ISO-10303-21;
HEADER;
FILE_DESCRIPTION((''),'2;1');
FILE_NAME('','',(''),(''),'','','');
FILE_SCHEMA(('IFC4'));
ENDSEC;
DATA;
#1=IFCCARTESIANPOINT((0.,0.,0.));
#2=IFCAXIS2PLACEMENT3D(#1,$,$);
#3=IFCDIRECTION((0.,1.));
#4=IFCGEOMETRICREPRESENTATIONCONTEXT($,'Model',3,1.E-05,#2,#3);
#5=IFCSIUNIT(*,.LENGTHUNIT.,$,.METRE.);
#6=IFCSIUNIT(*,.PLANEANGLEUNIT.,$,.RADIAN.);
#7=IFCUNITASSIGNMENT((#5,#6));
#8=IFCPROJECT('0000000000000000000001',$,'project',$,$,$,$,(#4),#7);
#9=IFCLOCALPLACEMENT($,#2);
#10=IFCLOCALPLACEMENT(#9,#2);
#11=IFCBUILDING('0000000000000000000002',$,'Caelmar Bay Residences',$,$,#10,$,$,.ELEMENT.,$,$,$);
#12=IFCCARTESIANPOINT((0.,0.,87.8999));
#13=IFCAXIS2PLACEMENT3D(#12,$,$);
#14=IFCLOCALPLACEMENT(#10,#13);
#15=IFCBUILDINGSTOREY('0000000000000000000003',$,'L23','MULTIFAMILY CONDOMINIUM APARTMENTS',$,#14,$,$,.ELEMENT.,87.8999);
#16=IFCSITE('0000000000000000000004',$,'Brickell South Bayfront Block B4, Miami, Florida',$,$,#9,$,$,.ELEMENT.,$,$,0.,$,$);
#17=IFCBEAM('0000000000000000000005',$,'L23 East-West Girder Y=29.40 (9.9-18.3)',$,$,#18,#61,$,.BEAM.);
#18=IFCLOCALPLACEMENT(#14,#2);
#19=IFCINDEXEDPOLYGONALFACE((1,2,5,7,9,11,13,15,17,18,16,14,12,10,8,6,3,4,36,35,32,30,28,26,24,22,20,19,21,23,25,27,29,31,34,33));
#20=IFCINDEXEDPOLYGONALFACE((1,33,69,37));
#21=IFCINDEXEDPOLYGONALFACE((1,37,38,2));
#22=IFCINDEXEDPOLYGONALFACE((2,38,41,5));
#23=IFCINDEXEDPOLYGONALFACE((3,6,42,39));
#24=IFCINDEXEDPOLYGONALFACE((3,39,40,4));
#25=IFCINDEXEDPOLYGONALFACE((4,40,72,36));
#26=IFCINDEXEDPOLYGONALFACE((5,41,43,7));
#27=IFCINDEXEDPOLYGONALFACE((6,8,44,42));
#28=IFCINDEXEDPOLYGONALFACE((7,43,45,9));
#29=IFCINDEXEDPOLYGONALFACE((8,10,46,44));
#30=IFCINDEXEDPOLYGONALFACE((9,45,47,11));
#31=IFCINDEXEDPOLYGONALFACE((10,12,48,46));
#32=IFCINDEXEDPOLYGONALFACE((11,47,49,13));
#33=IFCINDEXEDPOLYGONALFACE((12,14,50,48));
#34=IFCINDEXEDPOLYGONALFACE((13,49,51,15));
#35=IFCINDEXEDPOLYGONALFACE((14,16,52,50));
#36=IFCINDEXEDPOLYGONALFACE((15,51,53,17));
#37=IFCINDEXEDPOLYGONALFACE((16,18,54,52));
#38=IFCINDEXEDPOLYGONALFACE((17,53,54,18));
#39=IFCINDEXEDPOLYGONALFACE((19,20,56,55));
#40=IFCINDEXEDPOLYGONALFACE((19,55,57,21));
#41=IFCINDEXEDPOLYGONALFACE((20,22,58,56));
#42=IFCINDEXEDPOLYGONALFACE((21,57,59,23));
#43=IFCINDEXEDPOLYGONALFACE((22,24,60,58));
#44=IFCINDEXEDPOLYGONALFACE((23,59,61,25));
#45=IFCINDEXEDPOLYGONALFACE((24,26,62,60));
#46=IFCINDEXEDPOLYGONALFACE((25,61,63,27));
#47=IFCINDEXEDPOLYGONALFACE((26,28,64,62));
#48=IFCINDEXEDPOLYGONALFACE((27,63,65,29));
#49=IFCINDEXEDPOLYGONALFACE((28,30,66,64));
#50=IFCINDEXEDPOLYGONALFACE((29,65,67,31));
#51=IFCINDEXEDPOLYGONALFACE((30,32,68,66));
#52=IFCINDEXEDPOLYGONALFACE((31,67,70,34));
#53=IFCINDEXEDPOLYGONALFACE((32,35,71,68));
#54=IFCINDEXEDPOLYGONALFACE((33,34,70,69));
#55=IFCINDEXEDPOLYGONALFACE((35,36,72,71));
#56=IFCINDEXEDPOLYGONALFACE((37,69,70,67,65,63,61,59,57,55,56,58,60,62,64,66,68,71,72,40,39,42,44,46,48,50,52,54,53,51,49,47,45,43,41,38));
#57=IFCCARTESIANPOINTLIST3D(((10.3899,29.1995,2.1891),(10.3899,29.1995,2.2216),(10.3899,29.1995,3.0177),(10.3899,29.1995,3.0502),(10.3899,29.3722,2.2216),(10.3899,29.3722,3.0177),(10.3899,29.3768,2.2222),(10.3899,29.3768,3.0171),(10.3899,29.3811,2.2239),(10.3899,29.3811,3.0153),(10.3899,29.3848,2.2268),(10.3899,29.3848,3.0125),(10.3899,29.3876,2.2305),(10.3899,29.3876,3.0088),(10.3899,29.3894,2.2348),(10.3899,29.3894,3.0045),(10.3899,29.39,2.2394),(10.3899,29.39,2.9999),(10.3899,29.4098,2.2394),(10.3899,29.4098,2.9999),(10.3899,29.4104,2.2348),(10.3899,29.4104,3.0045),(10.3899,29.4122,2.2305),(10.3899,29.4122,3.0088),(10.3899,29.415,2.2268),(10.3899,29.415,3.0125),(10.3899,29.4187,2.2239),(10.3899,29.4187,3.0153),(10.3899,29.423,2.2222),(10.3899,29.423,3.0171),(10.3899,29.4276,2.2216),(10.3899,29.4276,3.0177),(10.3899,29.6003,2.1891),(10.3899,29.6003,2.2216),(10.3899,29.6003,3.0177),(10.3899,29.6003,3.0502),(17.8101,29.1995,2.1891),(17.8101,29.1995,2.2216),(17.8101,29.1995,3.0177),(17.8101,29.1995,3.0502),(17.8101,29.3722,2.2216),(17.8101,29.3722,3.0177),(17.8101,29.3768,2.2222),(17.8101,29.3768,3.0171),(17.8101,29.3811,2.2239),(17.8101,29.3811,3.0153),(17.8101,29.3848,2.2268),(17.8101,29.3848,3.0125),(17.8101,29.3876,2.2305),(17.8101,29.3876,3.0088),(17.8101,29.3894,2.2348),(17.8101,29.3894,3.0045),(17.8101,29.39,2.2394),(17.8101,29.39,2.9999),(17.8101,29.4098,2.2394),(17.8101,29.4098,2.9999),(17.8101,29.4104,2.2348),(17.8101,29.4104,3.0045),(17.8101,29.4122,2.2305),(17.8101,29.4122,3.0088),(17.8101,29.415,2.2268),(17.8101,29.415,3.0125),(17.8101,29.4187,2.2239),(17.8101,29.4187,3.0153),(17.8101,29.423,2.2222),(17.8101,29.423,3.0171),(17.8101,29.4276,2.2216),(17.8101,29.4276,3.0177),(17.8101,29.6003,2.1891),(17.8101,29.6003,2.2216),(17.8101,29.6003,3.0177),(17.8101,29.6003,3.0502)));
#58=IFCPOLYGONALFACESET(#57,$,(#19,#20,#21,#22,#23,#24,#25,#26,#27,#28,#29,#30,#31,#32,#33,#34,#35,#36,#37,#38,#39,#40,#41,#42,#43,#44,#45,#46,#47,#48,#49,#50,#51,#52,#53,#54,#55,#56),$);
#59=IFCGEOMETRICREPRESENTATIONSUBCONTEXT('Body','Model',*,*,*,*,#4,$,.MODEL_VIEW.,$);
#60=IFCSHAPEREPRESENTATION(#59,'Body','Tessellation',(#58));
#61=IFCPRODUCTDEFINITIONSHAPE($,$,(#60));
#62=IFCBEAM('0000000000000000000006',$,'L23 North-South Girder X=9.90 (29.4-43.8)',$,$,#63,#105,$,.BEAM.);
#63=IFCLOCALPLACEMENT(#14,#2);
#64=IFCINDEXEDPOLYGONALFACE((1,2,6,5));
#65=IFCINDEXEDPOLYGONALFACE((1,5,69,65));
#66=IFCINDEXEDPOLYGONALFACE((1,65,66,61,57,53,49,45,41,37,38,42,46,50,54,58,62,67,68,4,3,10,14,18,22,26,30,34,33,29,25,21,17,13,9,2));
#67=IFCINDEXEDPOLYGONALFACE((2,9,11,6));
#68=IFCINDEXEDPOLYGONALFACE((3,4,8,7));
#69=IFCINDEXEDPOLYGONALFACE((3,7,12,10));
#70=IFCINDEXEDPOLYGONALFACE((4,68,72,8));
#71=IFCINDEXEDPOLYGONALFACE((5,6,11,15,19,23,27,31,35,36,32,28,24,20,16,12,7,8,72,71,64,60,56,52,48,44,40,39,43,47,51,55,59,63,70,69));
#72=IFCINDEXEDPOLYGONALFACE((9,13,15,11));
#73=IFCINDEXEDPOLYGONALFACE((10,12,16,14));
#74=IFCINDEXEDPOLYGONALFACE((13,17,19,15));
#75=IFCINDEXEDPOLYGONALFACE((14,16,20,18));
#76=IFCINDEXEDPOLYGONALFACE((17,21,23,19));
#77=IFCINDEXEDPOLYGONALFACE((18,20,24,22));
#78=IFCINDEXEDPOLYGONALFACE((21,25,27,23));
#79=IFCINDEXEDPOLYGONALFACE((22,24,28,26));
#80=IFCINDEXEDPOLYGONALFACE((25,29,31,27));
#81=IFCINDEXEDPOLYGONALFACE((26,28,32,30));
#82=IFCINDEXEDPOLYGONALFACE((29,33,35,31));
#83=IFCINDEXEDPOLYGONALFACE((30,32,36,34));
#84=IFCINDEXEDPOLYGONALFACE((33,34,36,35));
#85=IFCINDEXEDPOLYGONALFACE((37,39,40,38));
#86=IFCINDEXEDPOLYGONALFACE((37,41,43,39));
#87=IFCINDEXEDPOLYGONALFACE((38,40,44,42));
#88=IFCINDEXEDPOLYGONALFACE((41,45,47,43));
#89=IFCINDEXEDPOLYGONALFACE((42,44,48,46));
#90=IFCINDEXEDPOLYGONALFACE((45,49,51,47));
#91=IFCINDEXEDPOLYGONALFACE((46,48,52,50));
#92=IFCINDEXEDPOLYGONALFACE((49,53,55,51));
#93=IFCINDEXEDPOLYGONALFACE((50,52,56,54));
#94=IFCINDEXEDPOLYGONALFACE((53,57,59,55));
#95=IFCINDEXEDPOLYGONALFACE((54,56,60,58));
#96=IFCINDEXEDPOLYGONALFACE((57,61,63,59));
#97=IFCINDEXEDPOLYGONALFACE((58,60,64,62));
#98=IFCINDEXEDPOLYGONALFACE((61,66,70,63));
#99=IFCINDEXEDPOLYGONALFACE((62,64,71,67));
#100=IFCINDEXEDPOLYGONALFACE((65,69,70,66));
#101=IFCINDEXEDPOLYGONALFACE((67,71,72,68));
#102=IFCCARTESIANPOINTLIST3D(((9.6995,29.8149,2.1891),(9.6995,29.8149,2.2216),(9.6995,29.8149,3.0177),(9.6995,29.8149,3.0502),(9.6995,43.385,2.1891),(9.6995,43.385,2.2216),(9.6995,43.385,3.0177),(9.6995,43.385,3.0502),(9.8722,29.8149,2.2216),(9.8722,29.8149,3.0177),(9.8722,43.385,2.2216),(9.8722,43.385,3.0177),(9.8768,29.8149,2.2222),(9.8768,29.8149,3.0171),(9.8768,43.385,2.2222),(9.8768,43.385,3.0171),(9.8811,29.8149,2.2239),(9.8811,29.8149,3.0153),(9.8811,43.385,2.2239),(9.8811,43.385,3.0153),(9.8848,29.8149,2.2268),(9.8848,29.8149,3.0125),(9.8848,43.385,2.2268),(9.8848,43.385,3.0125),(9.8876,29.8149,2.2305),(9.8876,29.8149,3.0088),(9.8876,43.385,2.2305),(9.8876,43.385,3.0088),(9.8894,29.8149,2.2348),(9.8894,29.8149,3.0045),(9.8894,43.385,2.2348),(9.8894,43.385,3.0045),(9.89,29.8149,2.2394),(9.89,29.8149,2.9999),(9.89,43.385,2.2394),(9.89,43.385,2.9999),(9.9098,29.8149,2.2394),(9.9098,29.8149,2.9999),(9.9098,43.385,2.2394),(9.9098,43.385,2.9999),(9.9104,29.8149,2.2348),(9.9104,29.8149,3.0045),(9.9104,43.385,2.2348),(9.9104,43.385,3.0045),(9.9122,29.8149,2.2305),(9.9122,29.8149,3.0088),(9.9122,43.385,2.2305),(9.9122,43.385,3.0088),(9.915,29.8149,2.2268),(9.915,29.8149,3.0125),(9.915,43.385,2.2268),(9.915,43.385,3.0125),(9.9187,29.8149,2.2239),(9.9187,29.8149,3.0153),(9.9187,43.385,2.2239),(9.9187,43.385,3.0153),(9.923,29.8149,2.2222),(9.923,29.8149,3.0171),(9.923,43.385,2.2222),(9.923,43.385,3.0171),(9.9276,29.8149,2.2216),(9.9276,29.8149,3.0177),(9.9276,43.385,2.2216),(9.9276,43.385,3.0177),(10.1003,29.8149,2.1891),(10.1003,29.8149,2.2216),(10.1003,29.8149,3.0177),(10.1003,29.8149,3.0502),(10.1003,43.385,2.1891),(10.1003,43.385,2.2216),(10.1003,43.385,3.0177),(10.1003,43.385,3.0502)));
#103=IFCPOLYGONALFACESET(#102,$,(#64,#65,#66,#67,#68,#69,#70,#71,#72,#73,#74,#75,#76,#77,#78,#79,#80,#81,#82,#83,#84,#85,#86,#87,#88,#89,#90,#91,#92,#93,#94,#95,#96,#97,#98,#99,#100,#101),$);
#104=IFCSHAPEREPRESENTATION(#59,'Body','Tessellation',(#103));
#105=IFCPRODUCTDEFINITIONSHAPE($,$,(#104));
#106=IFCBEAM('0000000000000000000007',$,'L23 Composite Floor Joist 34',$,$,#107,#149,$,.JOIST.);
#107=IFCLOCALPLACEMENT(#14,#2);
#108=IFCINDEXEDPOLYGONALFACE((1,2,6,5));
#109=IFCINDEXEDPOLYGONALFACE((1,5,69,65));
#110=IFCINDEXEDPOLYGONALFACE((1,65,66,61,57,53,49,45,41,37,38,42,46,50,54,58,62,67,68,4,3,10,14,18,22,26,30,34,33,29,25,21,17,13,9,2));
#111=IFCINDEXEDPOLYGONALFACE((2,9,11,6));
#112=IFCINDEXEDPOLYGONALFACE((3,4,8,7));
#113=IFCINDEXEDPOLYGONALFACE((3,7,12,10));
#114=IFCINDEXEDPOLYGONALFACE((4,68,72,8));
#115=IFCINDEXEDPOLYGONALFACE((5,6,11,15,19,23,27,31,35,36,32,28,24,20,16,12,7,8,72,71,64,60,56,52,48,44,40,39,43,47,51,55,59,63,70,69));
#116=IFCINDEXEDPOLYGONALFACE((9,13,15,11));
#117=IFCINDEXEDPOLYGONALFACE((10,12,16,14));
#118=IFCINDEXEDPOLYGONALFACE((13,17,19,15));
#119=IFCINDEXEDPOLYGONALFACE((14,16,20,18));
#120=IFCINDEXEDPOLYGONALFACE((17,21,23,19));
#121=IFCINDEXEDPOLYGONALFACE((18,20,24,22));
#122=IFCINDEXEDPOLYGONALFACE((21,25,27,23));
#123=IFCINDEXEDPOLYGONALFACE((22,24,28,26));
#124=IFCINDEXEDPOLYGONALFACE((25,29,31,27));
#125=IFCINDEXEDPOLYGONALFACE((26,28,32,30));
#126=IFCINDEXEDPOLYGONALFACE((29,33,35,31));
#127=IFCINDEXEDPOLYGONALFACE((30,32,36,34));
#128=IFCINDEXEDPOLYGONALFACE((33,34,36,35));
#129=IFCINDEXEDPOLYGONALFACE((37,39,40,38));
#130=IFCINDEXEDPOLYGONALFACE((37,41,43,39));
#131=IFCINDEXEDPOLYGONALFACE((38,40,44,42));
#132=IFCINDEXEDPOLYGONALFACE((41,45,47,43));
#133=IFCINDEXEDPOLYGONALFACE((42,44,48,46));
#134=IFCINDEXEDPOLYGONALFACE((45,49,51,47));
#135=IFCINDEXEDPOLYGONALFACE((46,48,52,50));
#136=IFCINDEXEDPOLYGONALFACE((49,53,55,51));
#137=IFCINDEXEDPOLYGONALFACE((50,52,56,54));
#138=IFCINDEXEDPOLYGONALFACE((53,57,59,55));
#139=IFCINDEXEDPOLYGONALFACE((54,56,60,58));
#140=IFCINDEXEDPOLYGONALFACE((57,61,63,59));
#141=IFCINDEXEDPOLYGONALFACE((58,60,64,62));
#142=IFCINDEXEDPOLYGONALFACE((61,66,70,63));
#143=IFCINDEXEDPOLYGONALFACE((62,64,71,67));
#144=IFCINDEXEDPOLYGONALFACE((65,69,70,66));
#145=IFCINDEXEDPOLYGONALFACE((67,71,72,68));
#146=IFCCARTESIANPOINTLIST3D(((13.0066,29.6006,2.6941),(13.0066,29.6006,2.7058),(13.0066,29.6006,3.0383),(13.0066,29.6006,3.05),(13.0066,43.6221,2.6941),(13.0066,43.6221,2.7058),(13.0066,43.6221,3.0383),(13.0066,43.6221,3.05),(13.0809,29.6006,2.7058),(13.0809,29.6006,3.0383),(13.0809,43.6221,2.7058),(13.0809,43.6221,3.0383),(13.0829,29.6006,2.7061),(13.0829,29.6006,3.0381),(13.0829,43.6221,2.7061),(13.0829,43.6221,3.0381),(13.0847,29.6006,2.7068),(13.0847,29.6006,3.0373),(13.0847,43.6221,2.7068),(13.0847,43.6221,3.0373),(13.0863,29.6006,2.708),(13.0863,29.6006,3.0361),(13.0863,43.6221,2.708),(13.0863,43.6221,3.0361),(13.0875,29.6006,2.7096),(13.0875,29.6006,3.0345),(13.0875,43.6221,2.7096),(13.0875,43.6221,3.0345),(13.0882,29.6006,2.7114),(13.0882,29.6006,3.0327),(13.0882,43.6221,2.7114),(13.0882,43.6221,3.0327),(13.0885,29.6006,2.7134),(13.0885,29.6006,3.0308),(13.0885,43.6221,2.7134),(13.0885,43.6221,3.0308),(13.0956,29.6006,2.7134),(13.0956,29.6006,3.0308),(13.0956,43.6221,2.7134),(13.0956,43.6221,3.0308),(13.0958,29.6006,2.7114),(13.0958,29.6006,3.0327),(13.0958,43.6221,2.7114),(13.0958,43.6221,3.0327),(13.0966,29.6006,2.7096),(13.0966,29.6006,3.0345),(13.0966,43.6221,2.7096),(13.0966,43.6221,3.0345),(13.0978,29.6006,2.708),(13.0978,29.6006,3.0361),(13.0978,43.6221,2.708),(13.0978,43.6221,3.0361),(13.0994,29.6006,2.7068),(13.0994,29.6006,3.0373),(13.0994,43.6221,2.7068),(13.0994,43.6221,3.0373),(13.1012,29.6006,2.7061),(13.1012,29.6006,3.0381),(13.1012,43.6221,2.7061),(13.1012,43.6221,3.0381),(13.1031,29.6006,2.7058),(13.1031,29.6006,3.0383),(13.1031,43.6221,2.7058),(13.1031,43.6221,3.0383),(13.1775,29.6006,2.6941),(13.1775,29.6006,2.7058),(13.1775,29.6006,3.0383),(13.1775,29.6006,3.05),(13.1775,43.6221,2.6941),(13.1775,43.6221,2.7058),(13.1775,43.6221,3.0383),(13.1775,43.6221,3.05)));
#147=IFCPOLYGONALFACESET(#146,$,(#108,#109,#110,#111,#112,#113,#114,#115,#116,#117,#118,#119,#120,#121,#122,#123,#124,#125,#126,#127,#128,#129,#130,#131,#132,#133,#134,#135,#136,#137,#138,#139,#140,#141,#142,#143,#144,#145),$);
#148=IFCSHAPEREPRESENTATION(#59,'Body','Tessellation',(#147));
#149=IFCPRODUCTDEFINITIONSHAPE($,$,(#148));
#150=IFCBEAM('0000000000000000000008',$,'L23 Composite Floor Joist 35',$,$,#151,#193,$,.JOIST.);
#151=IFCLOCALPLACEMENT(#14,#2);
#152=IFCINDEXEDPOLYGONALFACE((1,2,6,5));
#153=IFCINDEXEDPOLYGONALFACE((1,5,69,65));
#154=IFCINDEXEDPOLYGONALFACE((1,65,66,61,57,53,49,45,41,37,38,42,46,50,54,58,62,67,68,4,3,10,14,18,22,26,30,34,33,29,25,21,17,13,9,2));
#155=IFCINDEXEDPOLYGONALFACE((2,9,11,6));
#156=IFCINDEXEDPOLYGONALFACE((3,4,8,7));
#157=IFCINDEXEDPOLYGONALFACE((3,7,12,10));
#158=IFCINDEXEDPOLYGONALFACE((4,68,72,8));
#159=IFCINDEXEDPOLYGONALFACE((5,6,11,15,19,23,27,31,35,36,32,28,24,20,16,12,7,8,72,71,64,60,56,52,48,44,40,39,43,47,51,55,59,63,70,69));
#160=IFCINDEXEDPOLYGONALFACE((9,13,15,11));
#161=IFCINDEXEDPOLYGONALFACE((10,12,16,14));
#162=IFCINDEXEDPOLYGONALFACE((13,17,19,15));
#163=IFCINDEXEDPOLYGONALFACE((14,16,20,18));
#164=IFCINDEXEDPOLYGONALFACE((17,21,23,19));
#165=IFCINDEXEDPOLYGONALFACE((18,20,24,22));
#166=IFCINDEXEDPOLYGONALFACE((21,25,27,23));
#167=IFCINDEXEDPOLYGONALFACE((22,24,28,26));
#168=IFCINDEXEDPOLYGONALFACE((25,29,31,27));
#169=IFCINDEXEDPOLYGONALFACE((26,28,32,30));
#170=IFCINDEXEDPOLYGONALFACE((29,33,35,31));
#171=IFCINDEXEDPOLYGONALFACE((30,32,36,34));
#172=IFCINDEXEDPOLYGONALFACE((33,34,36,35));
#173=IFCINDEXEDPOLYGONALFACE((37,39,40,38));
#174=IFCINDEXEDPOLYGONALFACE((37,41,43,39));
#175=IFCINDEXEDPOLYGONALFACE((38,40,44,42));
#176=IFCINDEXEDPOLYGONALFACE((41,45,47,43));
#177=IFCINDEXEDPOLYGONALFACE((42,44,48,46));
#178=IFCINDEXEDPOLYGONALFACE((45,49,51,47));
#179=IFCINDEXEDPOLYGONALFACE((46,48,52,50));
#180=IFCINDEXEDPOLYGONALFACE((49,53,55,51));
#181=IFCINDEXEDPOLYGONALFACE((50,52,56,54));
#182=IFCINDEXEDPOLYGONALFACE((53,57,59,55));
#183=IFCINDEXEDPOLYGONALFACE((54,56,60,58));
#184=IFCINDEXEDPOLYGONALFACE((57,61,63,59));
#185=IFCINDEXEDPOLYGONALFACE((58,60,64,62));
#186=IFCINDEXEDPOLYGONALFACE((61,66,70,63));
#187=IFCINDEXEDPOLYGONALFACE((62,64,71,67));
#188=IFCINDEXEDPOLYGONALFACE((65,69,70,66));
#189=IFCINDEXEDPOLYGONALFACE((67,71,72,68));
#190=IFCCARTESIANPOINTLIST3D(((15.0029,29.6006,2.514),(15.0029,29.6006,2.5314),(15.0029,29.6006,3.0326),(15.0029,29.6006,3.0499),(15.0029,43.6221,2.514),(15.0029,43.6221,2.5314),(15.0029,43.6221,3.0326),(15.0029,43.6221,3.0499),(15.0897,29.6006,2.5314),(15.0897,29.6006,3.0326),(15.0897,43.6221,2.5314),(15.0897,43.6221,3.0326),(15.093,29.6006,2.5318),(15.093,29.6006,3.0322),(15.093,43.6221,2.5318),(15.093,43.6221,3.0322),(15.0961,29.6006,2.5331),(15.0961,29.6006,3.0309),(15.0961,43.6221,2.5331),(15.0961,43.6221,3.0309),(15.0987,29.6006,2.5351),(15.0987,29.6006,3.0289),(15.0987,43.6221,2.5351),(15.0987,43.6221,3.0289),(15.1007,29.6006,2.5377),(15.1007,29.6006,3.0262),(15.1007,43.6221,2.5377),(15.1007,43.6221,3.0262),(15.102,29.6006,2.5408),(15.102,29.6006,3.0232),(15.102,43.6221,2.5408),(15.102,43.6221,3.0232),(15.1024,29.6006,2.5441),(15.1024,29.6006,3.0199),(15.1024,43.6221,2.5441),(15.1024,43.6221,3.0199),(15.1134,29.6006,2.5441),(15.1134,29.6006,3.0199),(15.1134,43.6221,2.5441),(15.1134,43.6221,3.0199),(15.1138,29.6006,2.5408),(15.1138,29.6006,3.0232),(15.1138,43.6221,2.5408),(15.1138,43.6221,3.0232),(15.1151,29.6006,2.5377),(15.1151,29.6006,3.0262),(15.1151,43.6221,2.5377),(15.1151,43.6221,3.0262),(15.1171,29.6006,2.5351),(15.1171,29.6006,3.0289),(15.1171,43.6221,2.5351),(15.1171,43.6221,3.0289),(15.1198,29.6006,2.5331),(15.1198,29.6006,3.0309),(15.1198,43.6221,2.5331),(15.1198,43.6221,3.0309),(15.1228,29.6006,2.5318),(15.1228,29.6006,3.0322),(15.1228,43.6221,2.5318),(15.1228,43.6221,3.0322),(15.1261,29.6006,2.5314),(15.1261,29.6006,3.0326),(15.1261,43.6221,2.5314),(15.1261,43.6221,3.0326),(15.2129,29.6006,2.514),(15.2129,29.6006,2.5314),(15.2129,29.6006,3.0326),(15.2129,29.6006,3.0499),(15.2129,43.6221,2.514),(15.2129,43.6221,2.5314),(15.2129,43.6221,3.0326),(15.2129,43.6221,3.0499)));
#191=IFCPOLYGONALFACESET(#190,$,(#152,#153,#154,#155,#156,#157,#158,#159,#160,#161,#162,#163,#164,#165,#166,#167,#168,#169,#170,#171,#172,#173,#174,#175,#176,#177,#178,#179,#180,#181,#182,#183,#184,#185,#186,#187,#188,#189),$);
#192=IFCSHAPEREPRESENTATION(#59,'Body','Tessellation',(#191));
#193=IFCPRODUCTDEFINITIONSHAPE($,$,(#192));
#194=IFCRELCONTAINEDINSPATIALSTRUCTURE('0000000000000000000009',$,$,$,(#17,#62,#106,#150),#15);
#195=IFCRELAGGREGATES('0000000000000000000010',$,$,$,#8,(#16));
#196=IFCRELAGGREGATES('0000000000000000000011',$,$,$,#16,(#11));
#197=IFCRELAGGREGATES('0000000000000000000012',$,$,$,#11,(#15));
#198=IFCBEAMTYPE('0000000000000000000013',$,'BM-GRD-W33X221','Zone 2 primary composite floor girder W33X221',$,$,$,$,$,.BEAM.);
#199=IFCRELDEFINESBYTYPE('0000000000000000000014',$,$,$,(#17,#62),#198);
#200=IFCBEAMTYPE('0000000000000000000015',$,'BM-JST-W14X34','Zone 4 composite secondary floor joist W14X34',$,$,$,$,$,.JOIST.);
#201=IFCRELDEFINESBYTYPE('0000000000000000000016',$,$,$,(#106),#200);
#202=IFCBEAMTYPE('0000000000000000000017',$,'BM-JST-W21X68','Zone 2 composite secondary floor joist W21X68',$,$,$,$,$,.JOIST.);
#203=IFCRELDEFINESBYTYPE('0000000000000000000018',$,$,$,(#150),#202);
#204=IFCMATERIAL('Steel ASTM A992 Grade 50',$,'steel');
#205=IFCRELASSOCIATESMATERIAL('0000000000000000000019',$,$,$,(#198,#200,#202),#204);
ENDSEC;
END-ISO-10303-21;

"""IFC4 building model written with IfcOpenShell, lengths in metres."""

from ifc_helpers import new_model, si_unit, direction, frame, origin, origin_2d, place, context, subcontext, project, spatial, i_section, extrude, material, material_profile, profile_set, type_object, element, save


model = new_model("IFC4")

# Units and contexts
model_context = context("Model", 3, precision=1e-05, world=origin(), true_north=direction((0.0, 1.0)))
body_context = subcontext(model_context, "Body", "Model", "MODEL_VIEW")
ifc_project = project(units=[si_unit("LENGTHUNIT", "METRE"), si_unit("PLANEANGLEUNIT", "RADIAN")], contexts=[model_context])

# Site, building, storey
site_placement = place(None, origin())
site = spatial("IfcSite", under=ifc_project, at=site_placement, Name="Brickell South Bayfront Block B4, Miami, Florida", CompositionType="ELEMENT", RefElevation=0.0)
building_placement = place(site_placement, origin())
building = spatial("IfcBuilding", under=site, at=building_placement, Name="Caelmar Bay Residences", CompositionType="ELEMENT")
storey_placement = place(building_placement, frame((0.0, 0.0, 87.8999)))
storey = spatial("IfcBuildingStorey", under=building, at=storey_placement, Name="L23", Description="MULTIFAMILY CONDOMINIUM APARTMENTS", CompositionType="ELEMENT", Elevation=87.8999)

# Beams
ifc_material_1 = material(Name="Steel ASTM A992 Grade 50", Category="steel")
ifc_material_profile_1 = material_profile(ifc_material_1, i_section(OverallWidth=0.4009, OverallDepth=0.8611, WebThickness=0.0198, FlangeThickness=0.0325, FilletRadius=0.0178, at=origin_2d()), Name="W33X221")
ifc_profile_set_1 = profile_set([ifc_material_profile_1], Name="Steel ASTM A992 Grade 50")
beam_type_1 = type_object("IfcBeamType", Name="BM-GRD-W33X221", Description="Zone 2 primary composite floor girder W33X221", PredefinedType="BEAM", material=ifc_profile_set_1)
beam_1_placement = place(storey_placement, frame((10.3899, 29.3999, 2.6196), z_axis=(1.0, 0.0, 0.0), x_axis=(0.0, 1.0, 0.0)))
element("IfcBeam", 1, at=beam_1_placement, inside=storey, type_object=beam_type_1, Name="L23 East-West Girder Y=29.40 (9.9-18.3)", PredefinedType="BEAM", context=body_context, shape_type="SweptSolid", body=[
    extrude(i_section(OverallWidth=0.4009, OverallDepth=0.8611, WebThickness=0.0198, FlangeThickness=0.0325, FilletRadius=0.0178, at=origin_2d()), origin(), (0.0, 0.0, 1.0), 7.4202),
])
beam_2_placement = place(storey_placement, frame((9.8999, 29.8149, 2.6196), z_axis=(0.0, 1.0, 0.0), x_axis=(-1.0, 0.0, 0.0)))
element("IfcBeam", 2, at=beam_2_placement, inside=storey, type_object=beam_type_1, Name="L23 North-South Girder X=9.90 (29.4-43.8)", PredefinedType="BEAM", context=body_context, shape_type="SweptSolid", body=[
    extrude(i_section(OverallWidth=0.4009, OverallDepth=0.8611, WebThickness=0.0198, FlangeThickness=0.0325, FilletRadius=0.0178, at=origin_2d()), origin(), (0.0, 0.0, 1.0), 13.5701),
])
ifc_material_profile_2 = material_profile(ifc_material_1, i_section(OverallWidth=0.1709, OverallDepth=0.356, WebThickness=0.0071, FlangeThickness=0.0117, FilletRadius=0.0076, at=origin_2d()), Name="W14X34")
ifc_profile_set_2 = profile_set([ifc_material_profile_2], Name="Steel ASTM A992 Grade 50")
beam_type_2 = type_object("IfcBeamType", Name="BM-JST-W14X34", Description="Zone 4 composite secondary floor joist W14X34", PredefinedType="JOIST", material=ifc_profile_set_2)
beam_3_placement = place(storey_placement, frame((13.092, 29.6006, 2.8721), z_axis=(0.0, 1.0, 0.0), x_axis=(-1.0, 0.0, 0.0)))
element("IfcBeam", 3, at=beam_3_placement, inside=storey, type_object=beam_type_2, Name="L23 Composite Floor Joist 34", PredefinedType="JOIST", context=body_context, shape_type="SweptSolid", body=[
    extrude(i_section(OverallWidth=0.1709, OverallDepth=0.356, WebThickness=0.0071, FlangeThickness=0.0117, FilletRadius=0.0076, at=origin_2d()), origin(), (0.0, 0.0, 1.0), 14.0215),
])
ifc_material_profile_3 = material_profile(ifc_material_1, i_section(OverallWidth=0.21, OverallDepth=0.5359, WebThickness=0.011, FlangeThickness=0.0173, FilletRadius=0.0127, at=origin_2d()), Name="W21X68")
ifc_profile_set_3 = profile_set([ifc_material_profile_3], Name="Steel ASTM A992 Grade 50")
beam_type_3 = type_object("IfcBeamType", Name="BM-JST-W21X68", Description="Zone 2 composite secondary floor joist W21X68", PredefinedType="JOIST", material=ifc_profile_set_3)
beam_4_placement = place(storey_placement, frame((15.1079, 29.6006, 2.782), z_axis=(0.0, 1.0, 0.0), x_axis=(-1.0, 0.0, 0.0)))
element("IfcBeam", 4, at=beam_4_placement, inside=storey, type_object=beam_type_3, Name="L23 Composite Floor Joist 35", PredefinedType="JOIST", context=body_context, shape_type="SweptSolid", body=[
    extrude(i_section(OverallWidth=0.21, OverallDepth=0.5359, WebThickness=0.011, FlangeThickness=0.0173, FilletRadius=0.0127, at=origin_2d()), origin(), (0.0, 0.0, 1.0), 14.0215),
])

save(model, "model.ifc")
